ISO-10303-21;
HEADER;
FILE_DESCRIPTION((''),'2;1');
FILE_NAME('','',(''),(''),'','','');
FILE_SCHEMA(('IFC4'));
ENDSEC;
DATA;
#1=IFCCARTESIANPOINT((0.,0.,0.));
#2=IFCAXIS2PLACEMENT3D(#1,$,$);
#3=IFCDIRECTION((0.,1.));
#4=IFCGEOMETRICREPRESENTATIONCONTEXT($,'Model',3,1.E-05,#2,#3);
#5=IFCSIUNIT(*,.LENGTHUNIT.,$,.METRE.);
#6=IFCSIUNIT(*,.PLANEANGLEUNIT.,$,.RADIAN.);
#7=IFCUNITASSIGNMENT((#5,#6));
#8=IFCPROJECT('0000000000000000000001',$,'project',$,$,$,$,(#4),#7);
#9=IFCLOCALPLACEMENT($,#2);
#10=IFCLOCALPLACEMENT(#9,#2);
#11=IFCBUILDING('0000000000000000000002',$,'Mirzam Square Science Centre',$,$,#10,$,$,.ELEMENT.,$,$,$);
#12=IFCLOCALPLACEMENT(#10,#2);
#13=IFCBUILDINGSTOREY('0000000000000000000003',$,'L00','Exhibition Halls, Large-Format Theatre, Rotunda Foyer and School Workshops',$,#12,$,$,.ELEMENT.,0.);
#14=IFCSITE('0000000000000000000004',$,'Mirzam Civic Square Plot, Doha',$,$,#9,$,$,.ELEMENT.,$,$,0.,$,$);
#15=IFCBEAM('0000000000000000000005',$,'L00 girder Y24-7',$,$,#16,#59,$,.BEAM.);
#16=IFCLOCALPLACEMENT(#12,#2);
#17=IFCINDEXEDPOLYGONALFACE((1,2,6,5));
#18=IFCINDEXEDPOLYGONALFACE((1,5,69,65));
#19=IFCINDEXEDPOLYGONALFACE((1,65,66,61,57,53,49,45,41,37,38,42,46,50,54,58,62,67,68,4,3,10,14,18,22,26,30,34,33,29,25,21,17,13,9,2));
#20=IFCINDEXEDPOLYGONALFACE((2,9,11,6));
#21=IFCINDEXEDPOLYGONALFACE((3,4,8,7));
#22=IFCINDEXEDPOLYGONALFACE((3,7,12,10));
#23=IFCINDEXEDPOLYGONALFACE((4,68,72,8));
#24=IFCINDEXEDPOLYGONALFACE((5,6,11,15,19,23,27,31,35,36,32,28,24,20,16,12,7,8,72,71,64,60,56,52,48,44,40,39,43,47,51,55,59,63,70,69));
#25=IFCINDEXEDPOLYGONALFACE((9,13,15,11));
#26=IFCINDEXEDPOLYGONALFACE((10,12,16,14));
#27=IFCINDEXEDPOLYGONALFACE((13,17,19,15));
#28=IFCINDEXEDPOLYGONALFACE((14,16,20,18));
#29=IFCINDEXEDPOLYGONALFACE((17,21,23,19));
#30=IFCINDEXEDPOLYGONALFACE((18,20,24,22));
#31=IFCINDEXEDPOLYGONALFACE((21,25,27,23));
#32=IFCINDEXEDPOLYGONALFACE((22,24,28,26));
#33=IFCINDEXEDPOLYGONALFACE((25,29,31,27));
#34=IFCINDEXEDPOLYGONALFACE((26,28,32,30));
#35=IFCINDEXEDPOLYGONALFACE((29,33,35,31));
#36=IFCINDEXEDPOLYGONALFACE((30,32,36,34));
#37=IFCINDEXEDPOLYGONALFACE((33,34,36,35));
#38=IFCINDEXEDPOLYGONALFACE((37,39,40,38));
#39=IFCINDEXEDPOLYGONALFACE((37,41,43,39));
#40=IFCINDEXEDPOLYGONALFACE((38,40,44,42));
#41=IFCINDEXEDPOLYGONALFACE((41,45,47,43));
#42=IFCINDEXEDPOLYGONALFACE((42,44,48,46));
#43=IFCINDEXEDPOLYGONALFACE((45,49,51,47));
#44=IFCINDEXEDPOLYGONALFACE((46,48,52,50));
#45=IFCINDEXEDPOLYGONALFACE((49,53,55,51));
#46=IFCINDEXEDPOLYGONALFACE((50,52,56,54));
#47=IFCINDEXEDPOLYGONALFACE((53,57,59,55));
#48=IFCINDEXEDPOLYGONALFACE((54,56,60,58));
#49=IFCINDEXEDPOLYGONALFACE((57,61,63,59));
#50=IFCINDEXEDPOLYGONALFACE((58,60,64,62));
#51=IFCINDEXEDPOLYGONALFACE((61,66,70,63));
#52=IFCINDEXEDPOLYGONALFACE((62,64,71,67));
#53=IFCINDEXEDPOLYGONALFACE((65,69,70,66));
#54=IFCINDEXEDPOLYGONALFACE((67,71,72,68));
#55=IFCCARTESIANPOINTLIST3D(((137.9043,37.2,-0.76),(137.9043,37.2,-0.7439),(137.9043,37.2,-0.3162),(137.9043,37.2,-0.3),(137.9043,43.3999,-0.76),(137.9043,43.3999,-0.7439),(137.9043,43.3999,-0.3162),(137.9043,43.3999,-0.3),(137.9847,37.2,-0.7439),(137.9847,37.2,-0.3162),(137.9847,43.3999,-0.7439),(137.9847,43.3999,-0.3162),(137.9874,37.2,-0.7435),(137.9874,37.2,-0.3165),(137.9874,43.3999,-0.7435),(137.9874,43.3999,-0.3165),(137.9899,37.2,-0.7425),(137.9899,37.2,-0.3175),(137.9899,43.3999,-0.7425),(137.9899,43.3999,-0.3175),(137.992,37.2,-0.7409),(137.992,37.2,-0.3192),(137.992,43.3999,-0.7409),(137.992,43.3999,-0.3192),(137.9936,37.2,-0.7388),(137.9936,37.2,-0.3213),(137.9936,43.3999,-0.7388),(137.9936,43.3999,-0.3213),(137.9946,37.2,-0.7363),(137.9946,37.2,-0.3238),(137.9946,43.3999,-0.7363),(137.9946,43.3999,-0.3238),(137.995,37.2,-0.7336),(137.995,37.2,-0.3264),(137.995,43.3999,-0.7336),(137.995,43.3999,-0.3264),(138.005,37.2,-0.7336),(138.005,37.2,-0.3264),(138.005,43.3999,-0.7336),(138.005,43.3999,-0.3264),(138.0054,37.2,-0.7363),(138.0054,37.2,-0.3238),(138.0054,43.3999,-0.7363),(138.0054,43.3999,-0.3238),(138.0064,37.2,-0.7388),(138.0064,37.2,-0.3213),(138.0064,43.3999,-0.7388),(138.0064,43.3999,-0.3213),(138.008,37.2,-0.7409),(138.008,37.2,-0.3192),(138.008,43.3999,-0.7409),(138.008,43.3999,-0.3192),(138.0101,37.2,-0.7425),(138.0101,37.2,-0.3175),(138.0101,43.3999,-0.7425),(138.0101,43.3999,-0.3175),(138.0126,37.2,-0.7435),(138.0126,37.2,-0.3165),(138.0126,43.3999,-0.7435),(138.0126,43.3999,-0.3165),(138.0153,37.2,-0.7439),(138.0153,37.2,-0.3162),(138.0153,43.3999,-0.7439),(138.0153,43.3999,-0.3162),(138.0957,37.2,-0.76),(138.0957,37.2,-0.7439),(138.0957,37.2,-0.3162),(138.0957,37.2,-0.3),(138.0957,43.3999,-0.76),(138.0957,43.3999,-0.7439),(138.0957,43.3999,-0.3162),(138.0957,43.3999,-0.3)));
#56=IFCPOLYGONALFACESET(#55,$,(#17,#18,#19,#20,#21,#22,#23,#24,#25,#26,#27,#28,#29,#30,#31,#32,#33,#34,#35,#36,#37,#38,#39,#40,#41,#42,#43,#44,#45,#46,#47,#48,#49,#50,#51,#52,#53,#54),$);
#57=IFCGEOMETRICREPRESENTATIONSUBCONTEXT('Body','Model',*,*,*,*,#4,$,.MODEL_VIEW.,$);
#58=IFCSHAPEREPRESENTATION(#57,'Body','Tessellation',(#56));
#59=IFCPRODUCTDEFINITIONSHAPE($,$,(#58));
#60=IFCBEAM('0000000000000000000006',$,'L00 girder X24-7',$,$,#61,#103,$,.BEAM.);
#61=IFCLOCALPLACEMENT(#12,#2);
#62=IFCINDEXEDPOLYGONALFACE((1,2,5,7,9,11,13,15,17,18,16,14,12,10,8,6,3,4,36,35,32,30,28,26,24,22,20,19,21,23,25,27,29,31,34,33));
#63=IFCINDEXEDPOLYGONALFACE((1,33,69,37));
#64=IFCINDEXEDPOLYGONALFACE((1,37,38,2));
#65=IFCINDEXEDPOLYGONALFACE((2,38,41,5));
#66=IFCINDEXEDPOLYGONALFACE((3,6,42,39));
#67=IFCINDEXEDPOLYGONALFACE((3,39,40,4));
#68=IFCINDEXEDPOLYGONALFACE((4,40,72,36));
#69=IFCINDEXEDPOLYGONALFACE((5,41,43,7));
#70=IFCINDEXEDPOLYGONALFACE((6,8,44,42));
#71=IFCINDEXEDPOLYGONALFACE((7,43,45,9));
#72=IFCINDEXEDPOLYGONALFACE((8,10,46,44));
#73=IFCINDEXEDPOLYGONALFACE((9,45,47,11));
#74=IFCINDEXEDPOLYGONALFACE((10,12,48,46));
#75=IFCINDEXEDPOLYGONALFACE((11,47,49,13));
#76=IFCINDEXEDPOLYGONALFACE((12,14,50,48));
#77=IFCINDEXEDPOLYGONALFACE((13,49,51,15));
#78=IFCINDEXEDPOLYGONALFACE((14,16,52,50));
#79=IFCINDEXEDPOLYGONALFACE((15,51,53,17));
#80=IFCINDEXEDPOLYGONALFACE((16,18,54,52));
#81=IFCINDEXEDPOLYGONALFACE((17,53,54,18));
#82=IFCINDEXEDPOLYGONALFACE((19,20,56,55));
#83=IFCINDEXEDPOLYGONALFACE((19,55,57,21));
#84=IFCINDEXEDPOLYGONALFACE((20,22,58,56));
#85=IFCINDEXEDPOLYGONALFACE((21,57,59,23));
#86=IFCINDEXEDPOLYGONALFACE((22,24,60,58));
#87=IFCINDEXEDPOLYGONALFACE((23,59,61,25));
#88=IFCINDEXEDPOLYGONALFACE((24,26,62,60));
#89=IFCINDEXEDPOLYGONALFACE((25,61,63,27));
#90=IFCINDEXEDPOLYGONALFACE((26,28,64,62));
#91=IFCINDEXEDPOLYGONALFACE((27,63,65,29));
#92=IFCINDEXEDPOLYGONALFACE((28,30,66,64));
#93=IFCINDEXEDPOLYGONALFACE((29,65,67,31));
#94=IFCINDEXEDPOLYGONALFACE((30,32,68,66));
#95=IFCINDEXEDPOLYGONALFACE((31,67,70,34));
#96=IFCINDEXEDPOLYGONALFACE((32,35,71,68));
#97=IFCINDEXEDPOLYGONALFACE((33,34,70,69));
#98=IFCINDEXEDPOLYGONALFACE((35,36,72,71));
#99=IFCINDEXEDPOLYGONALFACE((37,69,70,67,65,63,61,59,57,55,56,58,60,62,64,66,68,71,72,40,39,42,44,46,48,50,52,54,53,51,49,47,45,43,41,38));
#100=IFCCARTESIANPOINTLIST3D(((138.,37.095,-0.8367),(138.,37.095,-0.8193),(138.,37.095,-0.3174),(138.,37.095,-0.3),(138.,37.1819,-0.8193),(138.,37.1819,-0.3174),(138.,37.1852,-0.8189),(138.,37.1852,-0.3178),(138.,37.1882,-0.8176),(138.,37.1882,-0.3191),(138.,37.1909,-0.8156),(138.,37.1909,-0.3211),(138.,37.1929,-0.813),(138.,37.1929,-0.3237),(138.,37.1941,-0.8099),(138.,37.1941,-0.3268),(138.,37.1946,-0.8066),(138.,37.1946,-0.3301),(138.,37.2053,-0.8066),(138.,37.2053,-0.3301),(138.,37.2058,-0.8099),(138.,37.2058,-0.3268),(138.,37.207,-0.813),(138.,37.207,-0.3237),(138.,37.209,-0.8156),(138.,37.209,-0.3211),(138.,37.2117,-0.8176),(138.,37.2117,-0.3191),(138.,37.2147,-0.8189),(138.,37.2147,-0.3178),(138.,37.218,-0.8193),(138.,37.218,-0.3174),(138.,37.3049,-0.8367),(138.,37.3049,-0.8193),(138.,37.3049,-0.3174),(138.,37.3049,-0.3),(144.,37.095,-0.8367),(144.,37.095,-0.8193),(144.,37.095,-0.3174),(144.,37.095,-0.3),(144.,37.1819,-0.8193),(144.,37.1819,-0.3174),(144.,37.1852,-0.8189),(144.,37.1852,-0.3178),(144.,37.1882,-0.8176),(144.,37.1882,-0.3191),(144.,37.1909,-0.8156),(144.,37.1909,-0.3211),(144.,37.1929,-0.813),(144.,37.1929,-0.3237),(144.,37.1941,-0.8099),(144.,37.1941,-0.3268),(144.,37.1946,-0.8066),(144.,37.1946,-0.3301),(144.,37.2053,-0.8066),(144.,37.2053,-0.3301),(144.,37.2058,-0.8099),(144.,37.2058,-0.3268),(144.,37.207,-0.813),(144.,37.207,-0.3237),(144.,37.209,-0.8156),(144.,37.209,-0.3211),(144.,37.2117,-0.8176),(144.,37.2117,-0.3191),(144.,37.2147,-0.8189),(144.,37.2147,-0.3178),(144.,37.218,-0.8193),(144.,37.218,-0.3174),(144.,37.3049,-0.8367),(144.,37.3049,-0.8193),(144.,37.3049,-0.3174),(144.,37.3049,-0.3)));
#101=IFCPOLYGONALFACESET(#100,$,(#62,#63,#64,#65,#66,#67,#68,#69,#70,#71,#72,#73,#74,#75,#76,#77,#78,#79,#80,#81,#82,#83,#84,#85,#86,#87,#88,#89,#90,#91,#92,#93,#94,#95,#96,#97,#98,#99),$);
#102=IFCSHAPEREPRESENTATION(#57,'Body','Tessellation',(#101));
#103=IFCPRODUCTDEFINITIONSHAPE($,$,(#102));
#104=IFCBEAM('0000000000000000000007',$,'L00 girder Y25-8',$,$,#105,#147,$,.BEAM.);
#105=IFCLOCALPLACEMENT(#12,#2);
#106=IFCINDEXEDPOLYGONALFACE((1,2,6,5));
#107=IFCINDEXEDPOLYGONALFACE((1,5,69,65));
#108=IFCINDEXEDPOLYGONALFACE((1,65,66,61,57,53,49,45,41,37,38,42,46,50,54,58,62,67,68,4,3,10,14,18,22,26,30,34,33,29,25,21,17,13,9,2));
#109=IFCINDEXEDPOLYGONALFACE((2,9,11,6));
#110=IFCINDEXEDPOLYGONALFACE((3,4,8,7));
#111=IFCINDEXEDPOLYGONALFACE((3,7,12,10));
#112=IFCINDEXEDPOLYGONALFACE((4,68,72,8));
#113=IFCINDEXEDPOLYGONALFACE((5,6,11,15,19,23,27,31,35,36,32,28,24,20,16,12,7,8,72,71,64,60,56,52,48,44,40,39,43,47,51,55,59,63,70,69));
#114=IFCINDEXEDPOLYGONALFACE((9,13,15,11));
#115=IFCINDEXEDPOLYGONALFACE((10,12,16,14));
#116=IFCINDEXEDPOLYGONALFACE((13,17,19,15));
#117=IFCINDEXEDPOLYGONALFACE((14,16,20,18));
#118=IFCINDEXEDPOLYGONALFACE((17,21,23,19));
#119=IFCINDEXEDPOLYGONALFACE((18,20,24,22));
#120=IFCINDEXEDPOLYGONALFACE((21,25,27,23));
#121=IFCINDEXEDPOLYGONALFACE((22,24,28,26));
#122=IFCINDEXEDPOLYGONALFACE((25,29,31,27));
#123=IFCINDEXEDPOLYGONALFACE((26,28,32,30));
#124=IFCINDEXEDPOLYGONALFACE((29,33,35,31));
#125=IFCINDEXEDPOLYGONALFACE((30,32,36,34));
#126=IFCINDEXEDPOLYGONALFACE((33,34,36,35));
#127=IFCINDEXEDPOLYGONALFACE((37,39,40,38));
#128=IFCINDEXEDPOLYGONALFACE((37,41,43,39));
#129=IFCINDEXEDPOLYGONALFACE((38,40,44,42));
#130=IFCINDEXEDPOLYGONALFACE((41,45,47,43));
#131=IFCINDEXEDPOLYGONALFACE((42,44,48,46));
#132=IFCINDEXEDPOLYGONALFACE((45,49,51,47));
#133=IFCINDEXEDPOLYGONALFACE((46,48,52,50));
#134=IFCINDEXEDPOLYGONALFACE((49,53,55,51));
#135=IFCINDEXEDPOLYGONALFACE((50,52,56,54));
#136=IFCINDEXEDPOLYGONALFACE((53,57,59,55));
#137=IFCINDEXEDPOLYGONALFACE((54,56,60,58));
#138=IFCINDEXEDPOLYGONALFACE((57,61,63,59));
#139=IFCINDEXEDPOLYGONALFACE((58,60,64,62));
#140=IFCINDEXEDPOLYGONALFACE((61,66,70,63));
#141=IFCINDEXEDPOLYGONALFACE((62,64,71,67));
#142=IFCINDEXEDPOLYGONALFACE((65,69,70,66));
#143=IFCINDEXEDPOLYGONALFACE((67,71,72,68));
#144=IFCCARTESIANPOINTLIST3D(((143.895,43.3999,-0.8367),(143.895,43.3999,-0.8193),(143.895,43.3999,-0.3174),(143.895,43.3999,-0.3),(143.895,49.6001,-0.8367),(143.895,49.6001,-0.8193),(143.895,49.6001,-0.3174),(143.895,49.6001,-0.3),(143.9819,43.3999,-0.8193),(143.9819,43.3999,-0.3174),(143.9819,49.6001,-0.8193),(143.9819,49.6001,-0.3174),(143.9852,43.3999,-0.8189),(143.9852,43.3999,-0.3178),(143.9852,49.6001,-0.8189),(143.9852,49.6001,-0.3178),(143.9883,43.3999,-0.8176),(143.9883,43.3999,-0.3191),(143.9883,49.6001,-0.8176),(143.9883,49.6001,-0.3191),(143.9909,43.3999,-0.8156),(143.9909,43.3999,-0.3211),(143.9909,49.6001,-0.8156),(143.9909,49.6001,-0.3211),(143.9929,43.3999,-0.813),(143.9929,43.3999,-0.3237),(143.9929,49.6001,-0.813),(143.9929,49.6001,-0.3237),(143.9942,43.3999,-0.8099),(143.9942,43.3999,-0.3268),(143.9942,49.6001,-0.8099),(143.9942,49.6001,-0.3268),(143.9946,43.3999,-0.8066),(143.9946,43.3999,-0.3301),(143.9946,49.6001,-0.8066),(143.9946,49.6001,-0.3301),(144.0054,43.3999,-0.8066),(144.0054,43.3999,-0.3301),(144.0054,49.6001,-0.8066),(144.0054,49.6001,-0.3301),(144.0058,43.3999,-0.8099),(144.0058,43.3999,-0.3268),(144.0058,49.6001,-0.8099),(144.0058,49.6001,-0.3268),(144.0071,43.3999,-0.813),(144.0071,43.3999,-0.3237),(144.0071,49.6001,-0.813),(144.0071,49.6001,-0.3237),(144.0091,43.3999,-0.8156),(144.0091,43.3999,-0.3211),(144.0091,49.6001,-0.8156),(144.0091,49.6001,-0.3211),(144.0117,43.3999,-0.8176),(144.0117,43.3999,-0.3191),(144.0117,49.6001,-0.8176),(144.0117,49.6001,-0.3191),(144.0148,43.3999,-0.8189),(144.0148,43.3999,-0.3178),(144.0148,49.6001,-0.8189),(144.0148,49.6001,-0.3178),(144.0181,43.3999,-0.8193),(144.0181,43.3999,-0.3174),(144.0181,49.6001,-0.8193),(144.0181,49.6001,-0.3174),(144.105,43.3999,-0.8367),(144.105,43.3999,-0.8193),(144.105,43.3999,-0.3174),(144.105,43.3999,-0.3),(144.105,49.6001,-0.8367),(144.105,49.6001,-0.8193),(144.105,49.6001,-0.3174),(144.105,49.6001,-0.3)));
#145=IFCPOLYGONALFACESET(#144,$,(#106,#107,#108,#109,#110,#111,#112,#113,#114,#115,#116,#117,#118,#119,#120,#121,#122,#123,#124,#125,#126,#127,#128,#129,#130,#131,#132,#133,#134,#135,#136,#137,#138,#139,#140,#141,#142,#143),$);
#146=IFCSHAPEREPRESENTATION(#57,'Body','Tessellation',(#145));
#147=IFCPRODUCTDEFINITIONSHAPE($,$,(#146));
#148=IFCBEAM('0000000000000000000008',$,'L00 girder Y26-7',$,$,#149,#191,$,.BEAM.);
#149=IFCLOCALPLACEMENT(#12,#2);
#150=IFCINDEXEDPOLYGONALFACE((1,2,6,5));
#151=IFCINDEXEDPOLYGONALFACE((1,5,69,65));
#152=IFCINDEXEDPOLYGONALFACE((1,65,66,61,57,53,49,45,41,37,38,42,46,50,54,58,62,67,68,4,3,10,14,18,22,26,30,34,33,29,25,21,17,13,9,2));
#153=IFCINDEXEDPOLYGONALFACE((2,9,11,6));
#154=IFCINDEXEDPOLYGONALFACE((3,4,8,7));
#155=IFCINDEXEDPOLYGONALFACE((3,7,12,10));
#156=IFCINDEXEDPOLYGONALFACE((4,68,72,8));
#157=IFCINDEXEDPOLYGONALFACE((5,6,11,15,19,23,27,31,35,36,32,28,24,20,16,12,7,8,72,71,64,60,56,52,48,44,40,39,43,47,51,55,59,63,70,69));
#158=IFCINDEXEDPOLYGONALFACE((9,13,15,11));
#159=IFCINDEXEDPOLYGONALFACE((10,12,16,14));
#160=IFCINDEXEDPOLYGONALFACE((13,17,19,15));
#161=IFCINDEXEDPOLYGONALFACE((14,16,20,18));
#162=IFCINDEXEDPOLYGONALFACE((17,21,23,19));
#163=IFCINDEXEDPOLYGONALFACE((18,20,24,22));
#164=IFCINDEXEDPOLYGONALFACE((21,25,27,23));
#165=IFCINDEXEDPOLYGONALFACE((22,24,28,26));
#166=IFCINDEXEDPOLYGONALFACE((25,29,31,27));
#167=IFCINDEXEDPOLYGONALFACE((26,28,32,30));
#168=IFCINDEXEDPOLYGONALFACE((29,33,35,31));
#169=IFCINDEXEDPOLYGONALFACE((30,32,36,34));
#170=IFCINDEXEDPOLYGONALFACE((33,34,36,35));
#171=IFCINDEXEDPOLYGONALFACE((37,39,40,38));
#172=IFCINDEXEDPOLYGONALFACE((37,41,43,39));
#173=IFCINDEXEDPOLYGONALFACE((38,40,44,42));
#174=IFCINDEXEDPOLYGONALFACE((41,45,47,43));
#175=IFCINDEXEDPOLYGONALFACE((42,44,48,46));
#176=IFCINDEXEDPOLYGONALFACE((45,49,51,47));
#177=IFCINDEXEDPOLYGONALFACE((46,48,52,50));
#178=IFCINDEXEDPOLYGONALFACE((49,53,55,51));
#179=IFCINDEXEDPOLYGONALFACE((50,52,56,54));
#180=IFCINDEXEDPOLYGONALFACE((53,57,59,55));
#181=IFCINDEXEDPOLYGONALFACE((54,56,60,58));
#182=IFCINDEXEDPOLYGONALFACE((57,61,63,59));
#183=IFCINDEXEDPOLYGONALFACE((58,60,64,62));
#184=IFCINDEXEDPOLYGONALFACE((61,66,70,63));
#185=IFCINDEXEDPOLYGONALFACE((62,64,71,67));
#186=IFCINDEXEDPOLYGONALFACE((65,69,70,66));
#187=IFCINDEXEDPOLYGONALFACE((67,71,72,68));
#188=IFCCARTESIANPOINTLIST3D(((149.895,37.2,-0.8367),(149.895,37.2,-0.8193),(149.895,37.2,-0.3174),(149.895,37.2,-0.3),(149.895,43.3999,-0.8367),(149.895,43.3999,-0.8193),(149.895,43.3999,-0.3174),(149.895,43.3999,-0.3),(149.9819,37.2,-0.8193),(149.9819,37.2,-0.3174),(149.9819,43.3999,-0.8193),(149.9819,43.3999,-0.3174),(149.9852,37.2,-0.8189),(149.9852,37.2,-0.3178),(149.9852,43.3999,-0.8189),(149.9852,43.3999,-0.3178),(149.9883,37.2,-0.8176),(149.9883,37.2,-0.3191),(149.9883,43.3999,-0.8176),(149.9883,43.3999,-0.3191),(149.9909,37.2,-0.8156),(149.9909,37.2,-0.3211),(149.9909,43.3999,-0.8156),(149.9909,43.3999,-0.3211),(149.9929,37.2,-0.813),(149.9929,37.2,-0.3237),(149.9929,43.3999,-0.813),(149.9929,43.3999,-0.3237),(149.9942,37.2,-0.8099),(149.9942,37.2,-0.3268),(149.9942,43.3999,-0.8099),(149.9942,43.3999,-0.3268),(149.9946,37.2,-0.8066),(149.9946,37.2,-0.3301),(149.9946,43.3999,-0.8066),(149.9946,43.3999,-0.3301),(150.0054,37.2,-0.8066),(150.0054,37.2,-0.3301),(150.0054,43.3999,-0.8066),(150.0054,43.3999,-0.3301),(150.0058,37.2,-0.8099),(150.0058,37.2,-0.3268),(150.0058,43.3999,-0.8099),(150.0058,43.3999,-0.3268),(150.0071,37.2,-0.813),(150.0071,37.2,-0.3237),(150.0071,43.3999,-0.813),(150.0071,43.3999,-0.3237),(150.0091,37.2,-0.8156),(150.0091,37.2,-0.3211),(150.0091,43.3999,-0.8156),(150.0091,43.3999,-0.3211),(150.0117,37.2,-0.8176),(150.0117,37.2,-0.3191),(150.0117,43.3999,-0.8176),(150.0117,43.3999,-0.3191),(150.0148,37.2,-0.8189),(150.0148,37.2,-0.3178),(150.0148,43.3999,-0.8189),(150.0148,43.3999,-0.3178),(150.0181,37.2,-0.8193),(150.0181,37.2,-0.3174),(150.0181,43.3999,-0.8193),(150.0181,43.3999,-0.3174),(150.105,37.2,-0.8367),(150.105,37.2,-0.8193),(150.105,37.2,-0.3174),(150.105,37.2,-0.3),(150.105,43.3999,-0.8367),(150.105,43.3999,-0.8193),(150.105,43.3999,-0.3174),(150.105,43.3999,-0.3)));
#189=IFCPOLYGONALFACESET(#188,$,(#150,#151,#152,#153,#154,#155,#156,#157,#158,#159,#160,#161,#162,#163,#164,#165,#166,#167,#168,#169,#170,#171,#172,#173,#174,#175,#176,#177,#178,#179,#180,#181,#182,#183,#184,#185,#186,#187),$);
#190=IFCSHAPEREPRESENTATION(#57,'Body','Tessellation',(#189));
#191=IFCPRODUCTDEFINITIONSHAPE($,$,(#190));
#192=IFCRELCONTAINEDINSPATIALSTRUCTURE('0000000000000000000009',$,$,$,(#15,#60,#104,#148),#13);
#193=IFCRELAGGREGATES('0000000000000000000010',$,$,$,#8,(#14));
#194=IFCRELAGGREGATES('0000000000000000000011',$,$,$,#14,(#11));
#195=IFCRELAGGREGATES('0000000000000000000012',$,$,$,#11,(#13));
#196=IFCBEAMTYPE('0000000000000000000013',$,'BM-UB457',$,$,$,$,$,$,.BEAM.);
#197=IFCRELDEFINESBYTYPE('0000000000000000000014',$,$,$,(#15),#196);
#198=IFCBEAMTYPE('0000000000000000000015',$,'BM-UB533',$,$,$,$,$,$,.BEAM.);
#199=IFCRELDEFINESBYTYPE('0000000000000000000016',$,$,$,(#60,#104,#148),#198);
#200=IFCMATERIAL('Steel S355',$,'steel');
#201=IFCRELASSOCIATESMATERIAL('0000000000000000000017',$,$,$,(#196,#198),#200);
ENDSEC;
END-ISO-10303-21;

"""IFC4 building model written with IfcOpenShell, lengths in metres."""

from ifc_helpers import new_model, si_unit, direction, frame, origin, origin_2d, place, context, subcontext, project, spatial, i_section, extrude, material, material_profile, profile_set, type_object, element, save


model = new_model("IFC4")

# Units and contexts
model_context = context("Model", 3, precision=1e-05, world=origin(), true_north=direction((0.0, 1.0)))
body_context = subcontext(model_context, "Body", "Model", "MODEL_VIEW")
ifc_project = project(units=[si_unit("LENGTHUNIT", "METRE"), si_unit("PLANEANGLEUNIT", "RADIAN")], contexts=[model_context])

# Site, building, storey
site_placement = place(None, origin())
site = spatial("IfcSite", under=ifc_project, at=site_placement, Name="Mirzam Civic Square Plot, Doha", CompositionType="ELEMENT", RefElevation=0.0)
building_placement = place(site_placement, origin())
building = spatial("IfcBuilding", under=site, at=building_placement, Name="Mirzam Square Science Centre", CompositionType="ELEMENT")
storey_placement = place(building_placement, origin())
storey = spatial("IfcBuildingStorey", under=building, at=storey_placement, Name="L00", Description="Exhibition Halls, Large-Format Theatre, Rotunda Foyer and School Workshops", CompositionType="ELEMENT", Elevation=0.0)

# Shared definitions
ifc_material_1 = material(Name="Steel S355", Category="steel")

# Beams
ifc_material_profile_1 = material_profile(ifc_material_1, i_section(OverallWidth=0.1914, OverallDepth=0.46, WebThickness=0.01, FlangeThickness=0.0161, FilletRadius=0.0103, at=origin_2d()), Name="457x191x82UB")
ifc_profile_set_1 = profile_set([ifc_material_profile_1], Name="Steel S355")
beam_type_1 = type_object("IfcBeamType", Name="BM-UB457", PredefinedType="BEAM", material=ifc_profile_set_1)
beam_1_placement = place(storey_placement, frame((138.0, 37.2, -0.53), z_axis=(0.0, 1.0, 0.0), x_axis=(-1.0, 0.0, 0.0)))
element("IfcBeam", 1, at=beam_1_placement, inside=storey, type_object=beam_type_1, Name="L00 girder Y24-7", PredefinedType="BEAM", context=body_context, shape_type="SweptSolid", body=[
    extrude(i_section(OverallWidth=0.1914, OverallDepth=0.46, WebThickness=0.01, FlangeThickness=0.0161, FilletRadius=0.0103, at=origin_2d()), origin(), (0.0, 0.0, 1.0), 6.2),
])
ifc_material_profile_2 = material_profile(ifc_material_1, i_section(OverallWidth=0.21, OverallDepth=0.5366, WebThickness=0.0107, FlangeThickness=0.0173, FilletRadius=0.0127, at=origin_2d()), Name="533x210x101UB")
ifc_profile_set_2 = profile_set([ifc_material_profile_2], Name="Steel S355")
beam_type_2 = type_object("IfcBeamType", Name="BM-UB533", PredefinedType="BEAM", material=ifc_profile_set_2)
beam_2_placement = place(storey_placement, frame((138.0, 37.2, -0.5684), z_axis=(1.0, 0.0, 0.0), x_axis=(0.0, 1.0, 0.0)))
element("IfcBeam", 2, at=beam_2_placement, inside=storey, type_object=beam_type_2, Name="L00 girder X24-7", PredefinedType="BEAM", context=body_context, shape_type="SweptSolid", body=[
    extrude(i_section(OverallWidth=0.21, OverallDepth=0.5366, WebThickness=0.0107, FlangeThickness=0.0173, FilletRadius=0.0127, at=origin_2d()), origin(), (0.0, 0.0, 1.0), 6.0),
])
beam_3_placement = place(storey_placement, frame((144.0, 43.3999, -0.5684), z_axis=(0.0, 1.0, 0.0), x_axis=(-1.0, 0.0, 0.0)))
element("IfcBeam", 3, at=beam_3_placement, inside=storey, type_object=beam_type_2, Name="L00 girder Y25-8", PredefinedType="BEAM", context=body_context, shape_type="SweptSolid", body=[
    extrude(i_section(OverallWidth=0.21, OverallDepth=0.5366, WebThickness=0.0107, FlangeThickness=0.0173, FilletRadius=0.0127, at=origin_2d()), origin(), (0.0, 0.0, 1.0), 6.2002),
])
beam_4_placement = place(storey_placement, frame((150.0, 37.2, -0.5684), z_axis=(0.0, 1.0, 0.0), x_axis=(-1.0, 0.0, 0.0)))
element("IfcBeam", 4, at=beam_4_placement, inside=storey, type_object=beam_type_2, Name="L00 girder Y26-7", PredefinedType="BEAM", context=body_context, shape_type="SweptSolid", body=[
    extrude(i_section(OverallWidth=0.21, OverallDepth=0.5366, WebThickness=0.0107, FlangeThickness=0.0173, FilletRadius=0.0127, at=origin_2d()), origin(), (0.0, 0.0, 1.0), 6.2),
])

save(model, "model.ifc")
